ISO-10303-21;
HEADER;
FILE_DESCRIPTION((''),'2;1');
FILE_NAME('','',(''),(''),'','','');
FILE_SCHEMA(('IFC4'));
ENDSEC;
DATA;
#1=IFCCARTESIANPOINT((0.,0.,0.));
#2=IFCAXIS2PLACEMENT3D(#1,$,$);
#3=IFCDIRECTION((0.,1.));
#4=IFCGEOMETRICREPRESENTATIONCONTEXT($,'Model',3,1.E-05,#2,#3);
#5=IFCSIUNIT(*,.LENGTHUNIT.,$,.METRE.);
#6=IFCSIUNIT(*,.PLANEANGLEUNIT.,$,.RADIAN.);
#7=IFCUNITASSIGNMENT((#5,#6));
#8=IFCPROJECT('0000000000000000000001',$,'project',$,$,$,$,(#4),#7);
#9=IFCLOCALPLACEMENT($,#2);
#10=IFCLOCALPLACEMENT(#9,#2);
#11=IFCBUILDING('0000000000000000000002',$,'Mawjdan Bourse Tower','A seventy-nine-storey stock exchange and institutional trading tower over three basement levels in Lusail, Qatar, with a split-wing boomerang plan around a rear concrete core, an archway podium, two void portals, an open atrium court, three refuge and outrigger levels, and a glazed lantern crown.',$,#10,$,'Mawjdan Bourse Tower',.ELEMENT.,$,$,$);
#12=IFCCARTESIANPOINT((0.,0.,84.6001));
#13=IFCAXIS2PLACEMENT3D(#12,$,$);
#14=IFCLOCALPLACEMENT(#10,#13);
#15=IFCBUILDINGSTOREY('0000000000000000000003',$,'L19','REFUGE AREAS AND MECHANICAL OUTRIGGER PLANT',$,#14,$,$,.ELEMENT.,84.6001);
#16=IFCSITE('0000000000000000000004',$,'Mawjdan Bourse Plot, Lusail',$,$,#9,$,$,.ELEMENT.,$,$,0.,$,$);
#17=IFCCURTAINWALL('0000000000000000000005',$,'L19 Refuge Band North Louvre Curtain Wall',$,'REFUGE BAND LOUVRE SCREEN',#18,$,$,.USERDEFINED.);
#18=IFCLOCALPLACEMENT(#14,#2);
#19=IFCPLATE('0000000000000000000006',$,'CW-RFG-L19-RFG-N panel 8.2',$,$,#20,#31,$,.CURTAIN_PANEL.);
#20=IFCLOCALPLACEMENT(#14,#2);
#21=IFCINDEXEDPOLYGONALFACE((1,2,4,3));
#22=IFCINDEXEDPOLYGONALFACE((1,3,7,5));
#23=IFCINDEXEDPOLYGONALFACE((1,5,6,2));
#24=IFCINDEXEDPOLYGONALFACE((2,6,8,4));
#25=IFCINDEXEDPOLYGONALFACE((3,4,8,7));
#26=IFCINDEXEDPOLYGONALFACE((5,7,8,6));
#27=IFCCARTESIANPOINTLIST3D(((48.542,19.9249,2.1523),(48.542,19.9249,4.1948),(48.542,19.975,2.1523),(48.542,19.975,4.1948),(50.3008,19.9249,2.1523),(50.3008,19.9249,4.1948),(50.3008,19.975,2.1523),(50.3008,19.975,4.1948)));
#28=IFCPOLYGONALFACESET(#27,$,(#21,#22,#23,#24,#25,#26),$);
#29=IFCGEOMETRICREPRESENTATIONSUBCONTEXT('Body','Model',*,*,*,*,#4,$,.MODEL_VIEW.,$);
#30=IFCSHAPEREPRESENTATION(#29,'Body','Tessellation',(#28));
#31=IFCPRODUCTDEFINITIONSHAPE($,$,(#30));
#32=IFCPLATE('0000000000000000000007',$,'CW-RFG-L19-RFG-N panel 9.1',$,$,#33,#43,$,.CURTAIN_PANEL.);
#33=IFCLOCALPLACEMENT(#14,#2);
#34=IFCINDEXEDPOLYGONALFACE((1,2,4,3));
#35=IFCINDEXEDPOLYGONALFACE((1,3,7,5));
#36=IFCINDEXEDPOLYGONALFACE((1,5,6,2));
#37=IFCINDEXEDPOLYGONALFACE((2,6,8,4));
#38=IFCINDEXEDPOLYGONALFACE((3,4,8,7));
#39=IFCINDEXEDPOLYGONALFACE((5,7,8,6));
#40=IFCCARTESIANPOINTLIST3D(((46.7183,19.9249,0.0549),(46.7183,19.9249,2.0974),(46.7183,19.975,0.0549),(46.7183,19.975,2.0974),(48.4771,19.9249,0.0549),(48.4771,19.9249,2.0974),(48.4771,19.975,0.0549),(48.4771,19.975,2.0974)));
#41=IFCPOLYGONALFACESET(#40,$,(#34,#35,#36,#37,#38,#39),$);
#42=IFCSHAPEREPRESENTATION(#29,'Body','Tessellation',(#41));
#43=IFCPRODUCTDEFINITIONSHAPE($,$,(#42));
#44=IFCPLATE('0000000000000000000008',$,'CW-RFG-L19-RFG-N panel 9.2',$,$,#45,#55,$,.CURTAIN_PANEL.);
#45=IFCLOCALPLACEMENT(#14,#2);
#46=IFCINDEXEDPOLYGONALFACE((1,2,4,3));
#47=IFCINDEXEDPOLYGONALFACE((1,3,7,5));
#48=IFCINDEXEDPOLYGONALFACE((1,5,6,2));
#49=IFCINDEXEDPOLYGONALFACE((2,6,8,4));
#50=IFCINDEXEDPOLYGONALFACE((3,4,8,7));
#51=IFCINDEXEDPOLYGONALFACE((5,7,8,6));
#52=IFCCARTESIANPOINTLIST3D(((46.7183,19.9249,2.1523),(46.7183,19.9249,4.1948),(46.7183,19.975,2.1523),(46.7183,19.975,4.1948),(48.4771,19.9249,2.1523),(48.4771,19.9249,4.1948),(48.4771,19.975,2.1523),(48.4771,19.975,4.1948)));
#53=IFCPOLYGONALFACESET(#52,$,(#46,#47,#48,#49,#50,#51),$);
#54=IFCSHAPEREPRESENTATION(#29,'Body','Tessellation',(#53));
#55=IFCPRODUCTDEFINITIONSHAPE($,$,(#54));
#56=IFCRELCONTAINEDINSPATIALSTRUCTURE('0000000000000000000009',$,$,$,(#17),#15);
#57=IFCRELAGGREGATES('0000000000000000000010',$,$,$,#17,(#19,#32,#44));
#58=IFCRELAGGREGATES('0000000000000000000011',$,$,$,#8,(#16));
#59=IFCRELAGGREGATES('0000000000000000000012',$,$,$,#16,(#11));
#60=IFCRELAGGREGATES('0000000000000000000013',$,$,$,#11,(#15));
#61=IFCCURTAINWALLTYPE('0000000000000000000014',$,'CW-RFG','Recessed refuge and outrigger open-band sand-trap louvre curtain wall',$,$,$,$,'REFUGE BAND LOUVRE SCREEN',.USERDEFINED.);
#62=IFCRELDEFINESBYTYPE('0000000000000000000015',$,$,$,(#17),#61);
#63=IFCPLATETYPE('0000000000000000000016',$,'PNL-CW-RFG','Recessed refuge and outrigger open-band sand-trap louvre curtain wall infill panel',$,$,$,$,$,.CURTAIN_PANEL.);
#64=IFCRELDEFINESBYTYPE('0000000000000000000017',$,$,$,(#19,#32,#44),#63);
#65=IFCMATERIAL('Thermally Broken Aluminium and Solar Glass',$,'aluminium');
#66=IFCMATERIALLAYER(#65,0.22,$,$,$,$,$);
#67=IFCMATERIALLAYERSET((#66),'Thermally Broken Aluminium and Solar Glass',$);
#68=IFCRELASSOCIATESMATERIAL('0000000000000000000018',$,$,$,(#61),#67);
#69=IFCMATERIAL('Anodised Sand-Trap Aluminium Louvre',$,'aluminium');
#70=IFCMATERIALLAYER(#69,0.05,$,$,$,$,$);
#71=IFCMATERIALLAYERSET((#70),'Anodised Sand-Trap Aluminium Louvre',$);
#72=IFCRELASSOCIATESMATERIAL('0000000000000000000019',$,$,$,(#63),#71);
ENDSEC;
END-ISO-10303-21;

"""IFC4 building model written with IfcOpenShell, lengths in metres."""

from ifc_helpers import new_model, si_unit, direction, frame, origin, origin_2d, place, context, subcontext, project, spatial, rectangle, extrude, material, layer, layer_set, type_object, element, aggregate, save


model = new_model("IFC4")

# Units and contexts
model_context = context("Model", 3, precision=1e-05, world=origin(), true_north=direction((0.0, 1.0)))
body_context = subcontext(model_context, "Body", "Model", "MODEL_VIEW")
ifc_project = project(units=[si_unit("LENGTHUNIT", "METRE"), si_unit("PLANEANGLEUNIT", "RADIAN")], contexts=[model_context])

# Site, building, storey
site_placement = place(None, origin())
site = spatial("IfcSite", under=ifc_project, at=site_placement, Name="Mawjdan Bourse Plot, Lusail", CompositionType="ELEMENT", RefElevation=0.0)
building_placement = place(site_placement, origin())
building = spatial("IfcBuilding", under=site, at=building_placement, Name="Mawjdan Bourse Tower", Description="A seventy-nine-storey stock exchange and institutional trading tower over three basement levels in Lusail, Qatar, with a split-wing boomerang plan around a rear concrete core, an archway podium, two void portals, an open atrium court, three refuge and outrigger levels, and a glazed lantern crown.", LongName="Mawjdan Bourse Tower", CompositionType="ELEMENT")
storey_placement = place(building_placement, frame((0.0, 0.0, 84.6001)))
storey = spatial("IfcBuildingStorey", under=building, at=storey_placement, Name="L19", Description="REFUGE AREAS AND MECHANICAL OUTRIGGER PLANT", CompositionType="ELEMENT", Elevation=84.6001)

# Curtain wall
ifc_material_1 = material(Name="Thermally Broken Aluminium and Solar Glass", Category="aluminium")
ifc_layer_1 = layer(ifc_material_1, 0.22)
ifc_layer_set_1 = layer_set([ifc_layer_1], Name="Thermally Broken Aluminium and Solar Glass")
curtain_wall_type = type_object("IfcCurtainWallType", Name="CW-RFG", Description="Recessed refuge and outrigger open-band sand-trap louvre curtain wall", ElementType="REFUGE BAND LOUVRE SCREEN", PredefinedType="USERDEFINED", material=ifc_layer_set_1)
curtain_wall_placement = place(storey_placement, origin())
curtain_wall = element("IfcCurtainWall", 1, at=curtain_wall_placement, inside=storey, type_object=curtain_wall_type, Name="L19 Refuge Band North Louvre Curtain Wall", ObjectType="REFUGE BAND LOUVRE SCREEN", PredefinedType="USERDEFINED")

# Plates
ifc_material_2 = material(Name="Anodised Sand-Trap Aluminium Louvre", Category="aluminium")
ifc_layer_2 = layer(ifc_material_2, 0.05)
ifc_layer_set_2 = layer_set([ifc_layer_2], Name="Anodised Sand-Trap Aluminium Louvre")
plate_type = type_object("IfcPlateType", Name="PNL-CW-RFG", Description="Recessed refuge and outrigger open-band sand-trap louvre curtain wall infill panel", PredefinedType="CURTAIN_PANEL", material=ifc_layer_set_2)
plate_1_placement = place(storey_placement, frame((49.4214, 19.95, 2.1523), z_axis=(0.0, 0.0, 1.0), x_axis=(-1.0, 0.0, 0.0)))
plate_1 = element("IfcPlate", 2, at=plate_1_placement, type_object=plate_type, Name="CW-RFG-L19-RFG-N panel 8.2", PredefinedType="CURTAIN_PANEL", context=body_context, shape_type="SweptSolid", body=[
    extrude(rectangle(XDim=1.7588, YDim=0.05, at=origin_2d()), origin(), (0.0, 0.0, 1.0), 2.0425),
])
plate_2_placement = place(storey_placement, frame((47.5977, 19.95, 0.0549), z_axis=(0.0, 0.0, 1.0), x_axis=(-1.0, 0.0, 0.0)))
plate_2 = element("IfcPlate", 3, at=plate_2_placement, type_object=plate_type, Name="CW-RFG-L19-RFG-N panel 9.1", PredefinedType="CURTAIN_PANEL", context=body_context, shape_type="SweptSolid", body=[
    extrude(rectangle(XDim=1.7588, YDim=0.05, at=origin_2d()), origin(), (0.0, 0.0, 1.0), 2.0425),
])
plate_3_placement = place(storey_placement, frame((47.5977, 19.95, 2.1523), z_axis=(0.0, 0.0, 1.0), x_axis=(-1.0, 0.0, 0.0)))
plate_3 = element("IfcPlate", 4, at=plate_3_placement, type_object=plate_type, Name="CW-RFG-L19-RFG-N panel 9.2", PredefinedType="CURTAIN_PANEL", context=body_context, shape_type="SweptSolid", body=[
    extrude(rectangle(XDim=1.7588, YDim=0.05, at=origin_2d()), origin(), (0.0, 0.0, 1.0), 2.0425),
])
aggregate(curtain_wall, [plate_1, plate_2, plate_3])

save(model, "model.ifc")
